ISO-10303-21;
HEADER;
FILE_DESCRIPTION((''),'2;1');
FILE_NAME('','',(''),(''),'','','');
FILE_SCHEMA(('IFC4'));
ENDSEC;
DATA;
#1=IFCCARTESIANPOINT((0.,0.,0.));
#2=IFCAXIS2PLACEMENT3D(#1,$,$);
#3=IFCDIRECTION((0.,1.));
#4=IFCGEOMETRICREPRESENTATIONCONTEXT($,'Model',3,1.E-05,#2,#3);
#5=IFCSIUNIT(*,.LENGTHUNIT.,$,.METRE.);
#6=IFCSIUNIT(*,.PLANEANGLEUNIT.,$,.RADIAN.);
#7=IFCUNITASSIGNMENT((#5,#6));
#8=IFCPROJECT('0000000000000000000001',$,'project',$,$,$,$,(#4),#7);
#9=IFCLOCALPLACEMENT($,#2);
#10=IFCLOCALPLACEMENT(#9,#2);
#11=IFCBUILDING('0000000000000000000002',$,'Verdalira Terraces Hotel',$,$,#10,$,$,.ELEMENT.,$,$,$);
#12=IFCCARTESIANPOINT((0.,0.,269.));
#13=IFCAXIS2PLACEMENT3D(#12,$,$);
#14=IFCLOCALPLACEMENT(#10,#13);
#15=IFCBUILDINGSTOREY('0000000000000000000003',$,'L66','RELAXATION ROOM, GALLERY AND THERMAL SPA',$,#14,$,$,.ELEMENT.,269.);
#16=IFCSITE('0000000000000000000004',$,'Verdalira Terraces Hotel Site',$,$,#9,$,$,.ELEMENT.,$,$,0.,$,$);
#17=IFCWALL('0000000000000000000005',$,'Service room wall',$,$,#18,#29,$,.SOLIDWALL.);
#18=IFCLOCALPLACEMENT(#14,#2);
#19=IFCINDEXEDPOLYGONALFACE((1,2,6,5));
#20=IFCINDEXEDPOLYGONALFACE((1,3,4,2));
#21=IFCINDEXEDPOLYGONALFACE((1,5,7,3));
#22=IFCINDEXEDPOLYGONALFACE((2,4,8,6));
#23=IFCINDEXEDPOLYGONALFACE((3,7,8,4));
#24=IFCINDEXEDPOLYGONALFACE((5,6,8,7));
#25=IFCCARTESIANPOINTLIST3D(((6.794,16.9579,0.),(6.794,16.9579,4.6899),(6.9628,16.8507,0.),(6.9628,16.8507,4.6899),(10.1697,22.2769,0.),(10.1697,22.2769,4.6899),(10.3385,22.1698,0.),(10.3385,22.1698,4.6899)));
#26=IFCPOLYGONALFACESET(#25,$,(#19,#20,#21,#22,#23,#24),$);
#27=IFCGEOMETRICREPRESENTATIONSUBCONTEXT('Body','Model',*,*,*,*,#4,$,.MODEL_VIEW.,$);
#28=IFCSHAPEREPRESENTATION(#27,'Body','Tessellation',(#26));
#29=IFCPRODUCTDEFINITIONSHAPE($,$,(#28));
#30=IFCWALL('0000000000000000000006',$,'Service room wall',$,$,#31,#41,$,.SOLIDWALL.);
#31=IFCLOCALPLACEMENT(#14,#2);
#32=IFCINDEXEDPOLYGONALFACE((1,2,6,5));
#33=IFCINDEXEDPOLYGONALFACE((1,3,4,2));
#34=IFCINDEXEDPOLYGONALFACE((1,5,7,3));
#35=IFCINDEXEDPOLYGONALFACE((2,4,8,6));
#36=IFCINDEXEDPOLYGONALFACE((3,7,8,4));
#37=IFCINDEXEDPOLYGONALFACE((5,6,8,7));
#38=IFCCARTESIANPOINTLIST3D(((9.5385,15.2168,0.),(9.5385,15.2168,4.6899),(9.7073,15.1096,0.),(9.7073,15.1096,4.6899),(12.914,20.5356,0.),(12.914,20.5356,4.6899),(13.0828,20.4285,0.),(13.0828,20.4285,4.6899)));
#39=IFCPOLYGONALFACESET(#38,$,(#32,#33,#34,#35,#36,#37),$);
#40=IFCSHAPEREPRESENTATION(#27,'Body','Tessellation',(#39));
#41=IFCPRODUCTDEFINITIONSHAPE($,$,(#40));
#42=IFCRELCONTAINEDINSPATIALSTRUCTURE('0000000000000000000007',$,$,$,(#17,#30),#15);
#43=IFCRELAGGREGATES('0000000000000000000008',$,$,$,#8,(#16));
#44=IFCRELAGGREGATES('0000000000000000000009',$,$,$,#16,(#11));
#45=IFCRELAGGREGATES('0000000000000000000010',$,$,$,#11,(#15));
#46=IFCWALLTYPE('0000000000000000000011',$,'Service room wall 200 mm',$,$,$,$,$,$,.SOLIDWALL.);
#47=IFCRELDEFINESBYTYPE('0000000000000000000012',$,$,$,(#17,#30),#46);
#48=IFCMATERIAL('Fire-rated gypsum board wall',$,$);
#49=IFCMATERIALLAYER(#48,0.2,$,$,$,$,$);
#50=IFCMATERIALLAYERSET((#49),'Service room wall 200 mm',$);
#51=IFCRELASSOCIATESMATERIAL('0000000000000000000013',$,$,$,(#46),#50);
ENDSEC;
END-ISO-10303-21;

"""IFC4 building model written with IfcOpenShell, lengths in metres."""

from ifc_helpers import new_model, si_unit, direction, frame, frame_2d, origin, place, context, subcontext, project, spatial, rectangle, extrude, material, layer, layer_set, type_object, element, save


model = new_model("IFC4")

# Units and contexts
model_context = context("Model", 3, precision=1e-05, world=origin(), true_north=direction((0.0, 1.0)))
body_context = subcontext(model_context, "Body", "Model", "MODEL_VIEW")
ifc_project = project(units=[si_unit("LENGTHUNIT", "METRE"), si_unit("PLANEANGLEUNIT", "RADIAN")], contexts=[model_context])

# Site, building, storey
site_placement = place(None, origin())
site = spatial("IfcSite", under=ifc_project, at=site_placement, Name="Verdalira Terraces Hotel Site", CompositionType="ELEMENT", RefElevation=0.0)
building_placement = place(site_placement, origin())
building = spatial("IfcBuilding", under=site, at=building_placement, Name="Verdalira Terraces Hotel", CompositionType="ELEMENT")
storey_placement = place(building_placement, frame((0.0, 0.0, 269.0)))
storey = spatial("IfcBuildingStorey", under=building, at=storey_placement, Name="L66", Description="RELAXATION ROOM, GALLERY AND THERMAL SPA", CompositionType="ELEMENT", Elevation=269.0)

# Walls
ifc_material_1 = material(Name="Fire-rated gypsum board wall")
ifc_layer_1 = layer(ifc_material_1, 0.2)
ifc_layer_set_1 = layer_set([ifc_layer_1], Name="Service room wall 200 mm")
wall_type_1 = type_object("IfcWallType", Name="Service room wall 200 mm", PredefinedType="SOLIDWALL", material=ifc_layer_set_1)
wall_1_placement = place(storey_placement, frame((6.8784, 16.9043, 0.0), z_axis=(0.0, 0.0, 1.0), x_axis=(0.535842, 0.844318, 0.0)))
element("IfcWall", 1, at=wall_1_placement, inside=storey, type_object=wall_type_1, Name="Service room wall", PredefinedType="SOLIDWALL", context=body_context, shape_type="SweptSolid", body=[
    extrude(rectangle(XDim=6.2998, YDim=0.2, at=frame_2d((3.1499, 0.0))), origin(), (0.0, 0.0, 1.0), 4.6899),
])
wall_2_placement = place(storey_placement, frame((9.6228, 15.1631, 0.0), z_axis=(0.0, 0.0, 1.0), x_axis=(0.535832, 0.844325, 0.0)))
element("IfcWall", 2, at=wall_2_placement, inside=storey, type_object=wall_type_1, Name="Service room wall", PredefinedType="SOLIDWALL", context=body_context, shape_type="SweptSolid", body=[
    extrude(rectangle(XDim=6.2996, YDim=0.2, at=frame_2d((3.1499, 0.0))), origin(), (0.0, 0.0, 1.0), 4.6899),
])

save(model, "model.ifc")
